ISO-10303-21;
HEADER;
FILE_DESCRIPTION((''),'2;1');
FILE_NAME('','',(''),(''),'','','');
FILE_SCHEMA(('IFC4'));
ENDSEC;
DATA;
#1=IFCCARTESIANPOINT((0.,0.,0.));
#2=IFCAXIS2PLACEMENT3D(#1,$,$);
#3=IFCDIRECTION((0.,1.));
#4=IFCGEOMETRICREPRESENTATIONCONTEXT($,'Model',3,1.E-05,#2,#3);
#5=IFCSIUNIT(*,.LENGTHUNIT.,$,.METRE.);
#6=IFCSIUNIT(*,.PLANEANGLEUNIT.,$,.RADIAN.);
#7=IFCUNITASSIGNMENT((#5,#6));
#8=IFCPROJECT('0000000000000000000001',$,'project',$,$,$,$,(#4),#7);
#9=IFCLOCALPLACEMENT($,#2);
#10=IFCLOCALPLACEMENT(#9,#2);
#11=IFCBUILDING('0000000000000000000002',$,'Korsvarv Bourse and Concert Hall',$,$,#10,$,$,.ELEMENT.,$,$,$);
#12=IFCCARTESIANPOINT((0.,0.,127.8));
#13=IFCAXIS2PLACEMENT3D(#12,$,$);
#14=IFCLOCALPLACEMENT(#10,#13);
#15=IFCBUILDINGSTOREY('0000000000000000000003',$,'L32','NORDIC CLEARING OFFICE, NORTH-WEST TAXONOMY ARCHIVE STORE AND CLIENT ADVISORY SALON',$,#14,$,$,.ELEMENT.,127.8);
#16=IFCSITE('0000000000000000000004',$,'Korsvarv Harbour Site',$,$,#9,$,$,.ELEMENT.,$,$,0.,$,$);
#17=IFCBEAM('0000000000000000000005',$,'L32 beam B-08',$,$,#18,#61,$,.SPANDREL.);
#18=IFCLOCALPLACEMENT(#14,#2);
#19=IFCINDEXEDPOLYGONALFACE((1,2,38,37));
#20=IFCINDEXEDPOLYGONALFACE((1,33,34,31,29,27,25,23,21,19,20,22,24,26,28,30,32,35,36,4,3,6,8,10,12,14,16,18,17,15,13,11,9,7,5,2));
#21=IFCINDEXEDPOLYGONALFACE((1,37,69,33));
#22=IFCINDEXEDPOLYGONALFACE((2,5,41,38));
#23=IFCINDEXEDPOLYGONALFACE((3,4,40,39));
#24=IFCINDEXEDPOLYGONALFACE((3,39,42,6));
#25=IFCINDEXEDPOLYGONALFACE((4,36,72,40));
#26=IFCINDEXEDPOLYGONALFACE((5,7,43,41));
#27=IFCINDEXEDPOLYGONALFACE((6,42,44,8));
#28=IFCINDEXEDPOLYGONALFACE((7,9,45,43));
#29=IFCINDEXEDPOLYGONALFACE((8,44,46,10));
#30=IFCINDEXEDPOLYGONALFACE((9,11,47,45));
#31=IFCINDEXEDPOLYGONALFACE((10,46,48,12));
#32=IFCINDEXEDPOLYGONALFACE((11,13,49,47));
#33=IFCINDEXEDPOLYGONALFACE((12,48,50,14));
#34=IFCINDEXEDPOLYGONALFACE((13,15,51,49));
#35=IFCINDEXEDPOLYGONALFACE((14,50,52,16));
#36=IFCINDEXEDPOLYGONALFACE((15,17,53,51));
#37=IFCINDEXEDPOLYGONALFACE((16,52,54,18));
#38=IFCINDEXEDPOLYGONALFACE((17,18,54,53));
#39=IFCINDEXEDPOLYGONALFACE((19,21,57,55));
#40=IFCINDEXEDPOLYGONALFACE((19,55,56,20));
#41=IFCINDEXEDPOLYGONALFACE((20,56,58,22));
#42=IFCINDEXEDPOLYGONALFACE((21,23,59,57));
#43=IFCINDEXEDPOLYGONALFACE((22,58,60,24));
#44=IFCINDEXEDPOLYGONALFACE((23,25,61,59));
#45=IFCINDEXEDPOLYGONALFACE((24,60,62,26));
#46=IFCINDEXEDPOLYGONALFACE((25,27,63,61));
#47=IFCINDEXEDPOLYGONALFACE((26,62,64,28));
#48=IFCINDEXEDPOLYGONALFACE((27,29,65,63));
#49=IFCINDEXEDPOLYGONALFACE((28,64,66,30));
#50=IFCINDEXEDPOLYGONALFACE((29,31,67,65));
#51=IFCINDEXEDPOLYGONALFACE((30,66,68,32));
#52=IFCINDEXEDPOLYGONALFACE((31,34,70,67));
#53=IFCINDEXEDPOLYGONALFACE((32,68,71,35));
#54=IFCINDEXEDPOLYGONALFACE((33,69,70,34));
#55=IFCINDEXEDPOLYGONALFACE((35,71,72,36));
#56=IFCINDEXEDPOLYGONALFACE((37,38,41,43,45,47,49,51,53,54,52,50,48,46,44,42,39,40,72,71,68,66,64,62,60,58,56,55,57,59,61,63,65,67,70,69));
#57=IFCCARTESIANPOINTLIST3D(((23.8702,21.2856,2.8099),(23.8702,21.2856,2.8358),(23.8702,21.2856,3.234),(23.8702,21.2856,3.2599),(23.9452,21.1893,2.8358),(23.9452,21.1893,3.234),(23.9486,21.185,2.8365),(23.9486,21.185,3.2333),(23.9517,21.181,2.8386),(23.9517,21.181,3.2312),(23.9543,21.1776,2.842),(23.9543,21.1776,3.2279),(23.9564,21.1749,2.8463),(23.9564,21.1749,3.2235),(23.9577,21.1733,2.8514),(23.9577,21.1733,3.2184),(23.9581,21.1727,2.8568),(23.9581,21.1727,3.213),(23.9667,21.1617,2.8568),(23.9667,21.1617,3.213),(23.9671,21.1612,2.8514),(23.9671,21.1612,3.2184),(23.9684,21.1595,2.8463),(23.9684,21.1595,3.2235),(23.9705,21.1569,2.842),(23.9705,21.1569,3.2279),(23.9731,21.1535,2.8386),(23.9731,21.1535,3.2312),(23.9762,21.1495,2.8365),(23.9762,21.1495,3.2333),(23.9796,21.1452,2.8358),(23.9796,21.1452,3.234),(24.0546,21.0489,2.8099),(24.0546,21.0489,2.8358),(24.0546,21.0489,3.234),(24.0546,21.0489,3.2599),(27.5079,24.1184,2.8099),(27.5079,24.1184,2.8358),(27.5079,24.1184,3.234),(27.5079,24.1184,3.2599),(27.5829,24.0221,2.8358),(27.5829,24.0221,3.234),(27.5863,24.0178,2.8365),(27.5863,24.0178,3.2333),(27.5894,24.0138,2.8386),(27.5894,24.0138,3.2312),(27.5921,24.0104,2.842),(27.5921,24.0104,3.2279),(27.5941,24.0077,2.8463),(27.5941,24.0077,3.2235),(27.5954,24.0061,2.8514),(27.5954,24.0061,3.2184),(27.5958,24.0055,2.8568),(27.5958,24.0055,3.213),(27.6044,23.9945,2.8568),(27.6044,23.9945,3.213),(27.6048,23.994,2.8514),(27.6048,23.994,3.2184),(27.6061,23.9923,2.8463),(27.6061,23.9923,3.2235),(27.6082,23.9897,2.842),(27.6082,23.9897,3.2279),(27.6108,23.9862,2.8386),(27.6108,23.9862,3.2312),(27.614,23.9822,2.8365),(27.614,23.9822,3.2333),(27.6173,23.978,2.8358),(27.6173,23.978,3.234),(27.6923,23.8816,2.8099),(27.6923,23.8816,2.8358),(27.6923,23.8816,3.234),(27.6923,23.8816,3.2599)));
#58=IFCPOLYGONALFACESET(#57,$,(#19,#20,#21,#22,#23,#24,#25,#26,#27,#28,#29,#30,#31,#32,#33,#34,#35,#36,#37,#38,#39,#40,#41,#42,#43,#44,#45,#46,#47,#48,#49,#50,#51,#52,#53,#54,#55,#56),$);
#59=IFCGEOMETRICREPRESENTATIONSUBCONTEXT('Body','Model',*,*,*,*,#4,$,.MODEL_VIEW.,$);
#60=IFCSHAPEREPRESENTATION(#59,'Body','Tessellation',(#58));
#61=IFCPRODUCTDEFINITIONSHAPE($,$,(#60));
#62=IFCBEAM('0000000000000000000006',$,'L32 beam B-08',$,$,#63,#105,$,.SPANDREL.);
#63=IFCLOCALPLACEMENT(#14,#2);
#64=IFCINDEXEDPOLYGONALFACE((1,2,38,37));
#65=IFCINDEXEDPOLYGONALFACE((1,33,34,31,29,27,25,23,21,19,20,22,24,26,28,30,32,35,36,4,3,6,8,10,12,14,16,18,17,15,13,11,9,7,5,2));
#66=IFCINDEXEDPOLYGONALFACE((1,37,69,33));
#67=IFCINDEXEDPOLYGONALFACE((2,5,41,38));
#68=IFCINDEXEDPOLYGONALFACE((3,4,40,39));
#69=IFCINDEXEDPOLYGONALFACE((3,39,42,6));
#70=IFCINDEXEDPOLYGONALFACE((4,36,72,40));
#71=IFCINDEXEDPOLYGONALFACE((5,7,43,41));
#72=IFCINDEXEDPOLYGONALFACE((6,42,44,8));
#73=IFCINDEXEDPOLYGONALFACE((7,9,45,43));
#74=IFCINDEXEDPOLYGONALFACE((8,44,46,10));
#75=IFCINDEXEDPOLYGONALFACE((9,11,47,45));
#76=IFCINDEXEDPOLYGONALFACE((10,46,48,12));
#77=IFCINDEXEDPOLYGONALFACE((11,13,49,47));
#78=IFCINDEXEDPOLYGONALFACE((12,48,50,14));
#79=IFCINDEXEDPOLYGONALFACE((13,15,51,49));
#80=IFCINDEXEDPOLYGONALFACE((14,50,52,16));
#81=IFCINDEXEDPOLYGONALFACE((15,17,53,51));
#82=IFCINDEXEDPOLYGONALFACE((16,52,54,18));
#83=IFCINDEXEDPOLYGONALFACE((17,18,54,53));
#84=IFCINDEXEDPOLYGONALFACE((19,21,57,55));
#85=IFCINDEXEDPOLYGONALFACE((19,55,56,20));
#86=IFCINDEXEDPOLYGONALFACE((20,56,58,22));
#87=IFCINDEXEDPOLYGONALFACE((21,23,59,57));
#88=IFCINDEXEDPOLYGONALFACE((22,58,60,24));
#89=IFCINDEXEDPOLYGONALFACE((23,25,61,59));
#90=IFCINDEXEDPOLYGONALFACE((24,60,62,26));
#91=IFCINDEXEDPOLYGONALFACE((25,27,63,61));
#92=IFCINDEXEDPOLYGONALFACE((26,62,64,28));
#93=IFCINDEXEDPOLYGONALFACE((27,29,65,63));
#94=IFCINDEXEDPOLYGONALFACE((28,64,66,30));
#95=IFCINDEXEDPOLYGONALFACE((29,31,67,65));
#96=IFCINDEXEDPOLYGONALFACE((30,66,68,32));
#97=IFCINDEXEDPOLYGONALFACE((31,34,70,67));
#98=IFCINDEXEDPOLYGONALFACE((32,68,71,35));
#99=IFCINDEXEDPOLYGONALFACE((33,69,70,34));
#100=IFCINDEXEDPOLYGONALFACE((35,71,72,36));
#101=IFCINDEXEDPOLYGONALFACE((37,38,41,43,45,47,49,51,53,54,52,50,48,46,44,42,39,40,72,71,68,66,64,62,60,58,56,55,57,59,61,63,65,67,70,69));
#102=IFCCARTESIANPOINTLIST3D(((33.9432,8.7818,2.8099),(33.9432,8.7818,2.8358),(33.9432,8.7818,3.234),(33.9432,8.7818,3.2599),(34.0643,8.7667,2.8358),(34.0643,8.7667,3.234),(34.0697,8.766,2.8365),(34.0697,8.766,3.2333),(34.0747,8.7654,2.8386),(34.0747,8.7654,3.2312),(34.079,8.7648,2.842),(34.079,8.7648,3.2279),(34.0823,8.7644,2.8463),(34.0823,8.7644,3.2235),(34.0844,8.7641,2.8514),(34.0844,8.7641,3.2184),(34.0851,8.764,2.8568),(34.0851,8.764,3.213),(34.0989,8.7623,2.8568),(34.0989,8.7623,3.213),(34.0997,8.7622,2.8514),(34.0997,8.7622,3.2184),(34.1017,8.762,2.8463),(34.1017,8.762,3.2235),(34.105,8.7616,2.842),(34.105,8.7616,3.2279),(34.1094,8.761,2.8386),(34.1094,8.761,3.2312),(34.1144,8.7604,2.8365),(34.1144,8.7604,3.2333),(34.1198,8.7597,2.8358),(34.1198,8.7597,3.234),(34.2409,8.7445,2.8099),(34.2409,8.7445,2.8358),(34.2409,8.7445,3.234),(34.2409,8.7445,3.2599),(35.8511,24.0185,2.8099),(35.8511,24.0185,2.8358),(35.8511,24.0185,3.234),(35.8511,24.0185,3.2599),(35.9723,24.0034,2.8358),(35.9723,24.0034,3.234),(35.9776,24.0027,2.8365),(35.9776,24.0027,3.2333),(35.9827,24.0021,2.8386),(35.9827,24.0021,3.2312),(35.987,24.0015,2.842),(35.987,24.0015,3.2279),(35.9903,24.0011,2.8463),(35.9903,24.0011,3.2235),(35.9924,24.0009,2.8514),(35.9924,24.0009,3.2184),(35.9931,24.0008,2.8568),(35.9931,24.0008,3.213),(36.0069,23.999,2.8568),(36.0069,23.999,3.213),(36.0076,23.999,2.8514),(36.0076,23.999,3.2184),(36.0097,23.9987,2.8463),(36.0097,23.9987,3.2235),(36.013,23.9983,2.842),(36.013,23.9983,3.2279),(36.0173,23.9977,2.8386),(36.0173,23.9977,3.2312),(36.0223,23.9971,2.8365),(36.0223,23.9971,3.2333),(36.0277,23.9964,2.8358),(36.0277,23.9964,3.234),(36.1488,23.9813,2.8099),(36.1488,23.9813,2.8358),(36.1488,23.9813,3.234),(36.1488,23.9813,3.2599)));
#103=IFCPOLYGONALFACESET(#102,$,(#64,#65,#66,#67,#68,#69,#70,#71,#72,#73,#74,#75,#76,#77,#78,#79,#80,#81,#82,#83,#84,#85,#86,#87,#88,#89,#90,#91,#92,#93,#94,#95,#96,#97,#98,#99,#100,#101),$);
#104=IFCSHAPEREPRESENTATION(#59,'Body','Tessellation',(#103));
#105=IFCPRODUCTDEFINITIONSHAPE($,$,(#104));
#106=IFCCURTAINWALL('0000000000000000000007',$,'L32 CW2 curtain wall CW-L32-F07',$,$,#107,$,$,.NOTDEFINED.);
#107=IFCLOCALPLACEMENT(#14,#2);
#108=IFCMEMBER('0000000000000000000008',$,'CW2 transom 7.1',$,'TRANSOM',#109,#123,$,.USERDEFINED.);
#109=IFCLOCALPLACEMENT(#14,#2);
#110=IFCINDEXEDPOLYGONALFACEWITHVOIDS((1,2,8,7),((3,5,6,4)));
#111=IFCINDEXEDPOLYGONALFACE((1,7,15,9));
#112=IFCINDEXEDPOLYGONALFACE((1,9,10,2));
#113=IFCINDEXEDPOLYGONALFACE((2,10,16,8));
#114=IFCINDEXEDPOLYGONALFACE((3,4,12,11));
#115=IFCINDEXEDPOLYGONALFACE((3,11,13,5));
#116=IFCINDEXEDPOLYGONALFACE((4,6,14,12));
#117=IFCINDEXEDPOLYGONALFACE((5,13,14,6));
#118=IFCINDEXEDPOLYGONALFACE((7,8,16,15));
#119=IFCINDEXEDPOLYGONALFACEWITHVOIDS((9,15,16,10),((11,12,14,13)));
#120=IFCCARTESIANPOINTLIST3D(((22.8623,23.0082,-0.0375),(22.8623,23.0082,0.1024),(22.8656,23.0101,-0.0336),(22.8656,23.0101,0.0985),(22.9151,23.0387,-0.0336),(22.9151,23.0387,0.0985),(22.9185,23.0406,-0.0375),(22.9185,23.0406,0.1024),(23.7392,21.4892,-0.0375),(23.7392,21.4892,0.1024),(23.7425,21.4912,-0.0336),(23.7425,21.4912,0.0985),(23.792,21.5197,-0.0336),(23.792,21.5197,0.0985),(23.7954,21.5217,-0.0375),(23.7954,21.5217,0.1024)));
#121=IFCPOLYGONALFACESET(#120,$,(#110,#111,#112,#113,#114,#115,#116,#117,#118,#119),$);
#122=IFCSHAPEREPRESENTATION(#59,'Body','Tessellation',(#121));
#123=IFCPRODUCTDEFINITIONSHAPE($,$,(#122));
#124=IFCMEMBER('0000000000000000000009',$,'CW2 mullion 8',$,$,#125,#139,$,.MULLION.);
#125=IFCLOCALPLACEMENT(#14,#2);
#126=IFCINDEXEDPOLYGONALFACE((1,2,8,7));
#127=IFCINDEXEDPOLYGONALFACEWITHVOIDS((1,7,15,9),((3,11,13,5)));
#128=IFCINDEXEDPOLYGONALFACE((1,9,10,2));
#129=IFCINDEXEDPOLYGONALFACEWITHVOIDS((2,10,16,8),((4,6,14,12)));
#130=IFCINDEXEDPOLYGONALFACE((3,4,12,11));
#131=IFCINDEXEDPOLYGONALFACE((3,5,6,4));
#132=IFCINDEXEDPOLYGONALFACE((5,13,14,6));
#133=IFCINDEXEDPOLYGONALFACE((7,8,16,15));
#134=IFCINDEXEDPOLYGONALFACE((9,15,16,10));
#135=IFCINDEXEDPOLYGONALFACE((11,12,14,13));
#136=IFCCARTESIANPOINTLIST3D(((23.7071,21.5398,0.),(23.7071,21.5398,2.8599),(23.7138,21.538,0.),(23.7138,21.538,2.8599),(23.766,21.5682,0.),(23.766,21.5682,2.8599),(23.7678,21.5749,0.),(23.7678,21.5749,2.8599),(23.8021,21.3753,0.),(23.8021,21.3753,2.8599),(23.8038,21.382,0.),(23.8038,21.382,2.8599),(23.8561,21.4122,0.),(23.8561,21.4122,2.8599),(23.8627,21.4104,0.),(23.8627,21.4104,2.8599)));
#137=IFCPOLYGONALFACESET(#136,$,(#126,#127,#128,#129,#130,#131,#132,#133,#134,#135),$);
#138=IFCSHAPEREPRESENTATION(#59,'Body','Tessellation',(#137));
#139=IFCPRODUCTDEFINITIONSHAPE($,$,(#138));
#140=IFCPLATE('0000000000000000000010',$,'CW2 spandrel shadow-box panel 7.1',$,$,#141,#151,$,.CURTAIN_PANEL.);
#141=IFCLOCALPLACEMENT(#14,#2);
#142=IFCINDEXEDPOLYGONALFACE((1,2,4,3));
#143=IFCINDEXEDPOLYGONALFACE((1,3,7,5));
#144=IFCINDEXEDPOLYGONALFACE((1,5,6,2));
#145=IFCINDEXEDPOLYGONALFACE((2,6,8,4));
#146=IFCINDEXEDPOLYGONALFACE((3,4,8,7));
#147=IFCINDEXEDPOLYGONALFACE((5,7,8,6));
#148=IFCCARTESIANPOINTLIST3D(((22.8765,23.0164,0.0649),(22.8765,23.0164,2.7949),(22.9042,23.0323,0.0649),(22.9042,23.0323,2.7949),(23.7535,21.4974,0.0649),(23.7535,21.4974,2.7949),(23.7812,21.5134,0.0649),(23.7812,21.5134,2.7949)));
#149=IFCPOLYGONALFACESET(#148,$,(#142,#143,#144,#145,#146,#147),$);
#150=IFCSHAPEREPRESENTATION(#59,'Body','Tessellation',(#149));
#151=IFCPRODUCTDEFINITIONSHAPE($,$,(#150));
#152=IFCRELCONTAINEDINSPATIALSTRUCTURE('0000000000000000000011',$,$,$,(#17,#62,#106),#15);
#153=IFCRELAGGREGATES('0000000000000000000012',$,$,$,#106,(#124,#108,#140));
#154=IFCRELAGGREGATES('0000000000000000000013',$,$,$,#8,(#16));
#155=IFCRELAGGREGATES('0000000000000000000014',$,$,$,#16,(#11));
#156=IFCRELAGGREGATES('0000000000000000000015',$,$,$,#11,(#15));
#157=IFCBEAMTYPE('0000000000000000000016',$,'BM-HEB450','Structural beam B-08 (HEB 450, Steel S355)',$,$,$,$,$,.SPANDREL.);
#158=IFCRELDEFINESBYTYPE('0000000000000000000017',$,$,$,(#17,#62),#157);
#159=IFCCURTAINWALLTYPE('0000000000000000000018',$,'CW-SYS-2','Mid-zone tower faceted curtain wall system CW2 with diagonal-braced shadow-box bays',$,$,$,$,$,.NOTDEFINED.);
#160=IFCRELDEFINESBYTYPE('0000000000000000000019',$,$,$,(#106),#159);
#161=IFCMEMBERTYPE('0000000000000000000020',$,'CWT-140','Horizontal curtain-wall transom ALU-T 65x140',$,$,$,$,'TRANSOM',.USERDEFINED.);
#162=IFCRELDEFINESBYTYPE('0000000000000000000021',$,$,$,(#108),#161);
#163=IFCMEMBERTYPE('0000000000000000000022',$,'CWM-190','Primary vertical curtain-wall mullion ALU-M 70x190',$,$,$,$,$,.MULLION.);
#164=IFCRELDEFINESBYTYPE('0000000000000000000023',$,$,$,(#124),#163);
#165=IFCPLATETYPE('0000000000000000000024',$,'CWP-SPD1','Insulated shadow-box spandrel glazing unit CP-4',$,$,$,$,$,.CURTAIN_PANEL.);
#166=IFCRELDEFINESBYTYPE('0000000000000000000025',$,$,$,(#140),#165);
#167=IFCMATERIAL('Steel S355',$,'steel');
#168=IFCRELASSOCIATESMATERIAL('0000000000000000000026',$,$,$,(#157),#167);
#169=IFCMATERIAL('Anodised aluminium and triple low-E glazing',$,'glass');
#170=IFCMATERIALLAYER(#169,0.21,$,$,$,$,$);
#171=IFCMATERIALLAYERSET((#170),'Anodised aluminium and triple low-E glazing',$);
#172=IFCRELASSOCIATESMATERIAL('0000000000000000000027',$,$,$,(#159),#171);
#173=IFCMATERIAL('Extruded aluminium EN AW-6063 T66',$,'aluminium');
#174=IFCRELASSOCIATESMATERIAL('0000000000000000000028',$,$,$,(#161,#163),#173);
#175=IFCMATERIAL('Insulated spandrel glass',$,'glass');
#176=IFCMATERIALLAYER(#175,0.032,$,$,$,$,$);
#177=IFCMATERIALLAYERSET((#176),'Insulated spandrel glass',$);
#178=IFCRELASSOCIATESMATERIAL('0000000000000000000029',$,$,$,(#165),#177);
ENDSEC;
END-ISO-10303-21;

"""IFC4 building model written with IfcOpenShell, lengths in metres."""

from ifc_helpers import new_model, si_unit, direction, frame, origin, origin_2d, place, context, subcontext, project, spatial, rectangle, hollow_rectangle, i_section, extrude, source, transform, mapped, material, layer, layer_set, material_profile, profile_set, type_object, element, aggregate, save


model = new_model("IFC4")

# Units and contexts
model_context = context("Model", 3, precision=1e-05, world=origin(), true_north=direction((0.0, 1.0)))
body_context = subcontext(model_context, "Body", "Model", "MODEL_VIEW")
ifc_project = project(units=[si_unit("LENGTHUNIT", "METRE"), si_unit("PLANEANGLEUNIT", "RADIAN")], contexts=[model_context])

# Site, building, storey
site_placement = place(None, origin())
site = spatial("IfcSite", under=ifc_project, at=site_placement, Name="Korsvarv Harbour Site", CompositionType="ELEMENT", RefElevation=0.0)
building_placement = place(site_placement, origin())
building = spatial("IfcBuilding", under=site, at=building_placement, Name="Korsvarv Bourse and Concert Hall", CompositionType="ELEMENT")
storey_placement = place(building_placement, frame((0.0, 0.0, 127.8)))
storey = spatial("IfcBuildingStorey", under=building, at=storey_placement, Name="L32", Description="NORDIC CLEARING OFFICE, NORTH-WEST TAXONOMY ARCHIVE STORE AND CLIENT ADVISORY SALON", CompositionType="ELEMENT", Elevation=127.8)

# Beams
ifc_material_1 = material(Name="Steel S355", Category="steel")
ifc_material_profile_1 = material_profile(ifc_material_1, i_section(OverallWidth=0.3, OverallDepth=0.45, WebThickness=0.0139, FlangeThickness=0.0259, FilletRadius=0.021, at=origin_2d()), Name="HEB 450")
ifc_profile_set_1 = profile_set([ifc_material_profile_1], Name="Steel S355")
beam_type_1 = type_object("IfcBeamType", Name="BM-HEB450", Description="Structural beam B-08 (HEB 450, Steel S355)", PredefinedType="SPANDREL", material=ifc_profile_set_1)
shared_shape_1 = source(origin(), body_context, "Body", "SweptSolid", [
    extrude(i_section(OverallWidth=0.3, OverallDepth=0.45, WebThickness=0.0139, FlangeThickness=0.0259, FilletRadius=0.021, at=origin_2d()), origin(), (0.0, 0.0, 1.0), 4.6106),
])
beam_1_placement = place(storey_placement, frame((23.9624, 21.1672, 3.0349), z_axis=(0.78899, 0.614406, 0.0), x_axis=(-0.614406, 0.78899, 0.0)))
element("IfcBeam", 1, at=beam_1_placement, inside=storey, type_object=beam_type_1, Name="L32 beam B-08", PredefinedType="SPANDREL", context=body_context, shape_type="MappedRepresentation", body=[
    mapped(shared_shape_1, transform((0.0, 0.0, 0.0), scale=1.0)),
])
shared_shape_2 = source(origin(), body_context, "Body", "SweptSolid", [
    extrude(i_section(OverallWidth=0.3, OverallDepth=0.45, WebThickness=0.0139, FlangeThickness=0.0259, FilletRadius=0.021, at=origin_2d()), origin(), (0.0, 0.0, 1.0), 15.3557),
])
beam_2_placement = place(storey_placement, frame((34.092, 8.7632, 3.0349), z_axis=(0.12425, 0.992251, 0.0), x_axis=(-0.992251, 0.12425, 0.0)))
element("IfcBeam", 2, at=beam_2_placement, inside=storey, type_object=beam_type_1, Name="L32 beam B-08", PredefinedType="SPANDREL", context=body_context, shape_type="MappedRepresentation", body=[
    mapped(shared_shape_2, transform((0.0, 0.0, 0.0), scale=1.0)),
])

# Curtain wall, members, plate
ifc_material_2 = material(Name="Anodised aluminium and triple low-E glazing", Category="glass")
ifc_layer_1 = layer(ifc_material_2, 0.21)
ifc_layer_set_1 = layer_set([ifc_layer_1], Name="Anodised aluminium and triple low-E glazing")
curtain_wall_type = type_object("IfcCurtainWallType", Name="CW-SYS-2", Description="Mid-zone tower faceted curtain wall system CW2 with diagonal-braced shadow-box bays", PredefinedType="NOTDEFINED", material=ifc_layer_set_1)
curtain_wall_placement = place(storey_placement, origin())
curtain_wall = element("IfcCurtainWall", 3, at=curtain_wall_placement, inside=storey, type_object=curtain_wall_type, Name="L32 CW2 curtain wall CW-L32-F07", PredefinedType="NOTDEFINED")
ifc_material_3 = material(Name="Extruded aluminium EN AW-6063 T66", Category="aluminium")
ifc_material_profile_2 = material_profile(ifc_material_3, hollow_rectangle(XDim=0.0649, YDim=0.1399, WallThickness=0.0039, at=origin_2d()), Name="ALU-T 65x140")
ifc_profile_set_2 = profile_set([ifc_material_profile_2], Name="Extruded aluminium EN AW-6063 T66")
member_type_1 = type_object("IfcMemberType", Name="CWT-140", Description="Horizontal curtain-wall transom ALU-T 65x140", ElementType="TRANSOM", PredefinedType="USERDEFINED", material=ifc_profile_set_2)
shared_shape_3 = source(origin(), body_context, "Body", "SweptSolid", [
    extrude(hollow_rectangle(XDim=0.0649, YDim=0.1399, WallThickness=0.0039, at=origin_2d()), origin(), (0.0, 0.0, 1.0), 1.7539),
])
member_1_placement = place(storey_placement, frame((22.8904, 23.0244, 0.0325), z_axis=(0.499971, -0.866042, 0.0), x_axis=(0.866042, 0.499971, 0.0)))
member_1 = element("IfcMember", 4, at=member_1_placement, type_object=member_type_1, Name="CW2 transom 7.1", ObjectType="TRANSOM", PredefinedType="USERDEFINED", context=body_context, shape_type="MappedRepresentation", body=[
    mapped(shared_shape_3, transform((0.0, 0.0, 0.0), scale=1.0)),
])
ifc_material_profile_3 = material_profile(ifc_material_3, hollow_rectangle(XDim=0.0701, YDim=0.1899, WallThickness=0.0049, at=origin_2d()), Name="ALU-M 70x190")
ifc_profile_set_3 = profile_set([ifc_material_profile_3], Name="Extruded aluminium EN AW-6063 T66")
member_type_2 = type_object("IfcMemberType", Name="CWM-190", Description="Primary vertical curtain-wall mullion ALU-M 70x190", PredefinedType="MULLION", material=ifc_profile_set_3)
shared_shape_4 = source(origin(), body_context, "Body", "SweptSolid", [
    extrude(hollow_rectangle(XDim=0.0701, YDim=0.1899, WallThickness=0.0049, at=origin_2d()), origin(), (0.0, 0.0, 1.0), 2.8599),
])
member_2_placement = place(storey_placement, frame((23.7849, 21.4751, 0.0), z_axis=(0.0, 0.0, 1.0), x_axis=(0.866021, 0.500007, 0.0)))
member_2 = element("IfcMember", 5, at=member_2_placement, type_object=member_type_2, Name="CW2 mullion 8", PredefinedType="MULLION", context=body_context, shape_type="MappedRepresentation", body=[
    mapped(shared_shape_4, transform((0.0, 0.0, 0.0), scale=1.0)),
])
ifc_material_4 = material(Name="Insulated spandrel glass", Category="glass")
ifc_layer_2 = layer(ifc_material_4, 0.032)
ifc_layer_set_2 = layer_set([ifc_layer_2], Name="Insulated spandrel glass")
plate_type = type_object("IfcPlateType", Name="CWP-SPD1", Description="Insulated shadow-box spandrel glazing unit CP-4", PredefinedType="CURTAIN_PANEL", material=ifc_layer_set_2)
shared_shape_5 = source(origin(), body_context, "Body", "SweptSolid", [
    extrude(rectangle(XDim=1.7539, YDim=0.032, at=origin_2d()), origin(), (0.0, 0.0, 1.0), 2.73),
])
plate_placement = place(storey_placement, frame((23.3289, 22.2649, 0.0649), z_axis=(0.0, 0.0, 1.0), x_axis=(0.500007, -0.866021, 0.0)))
plate = element("IfcPlate", 6, at=plate_placement, type_object=plate_type, Name="CW2 spandrel shadow-box panel 7.1", PredefinedType="CURTAIN_PANEL", context=body_context, shape_type="MappedRepresentation", body=[
    mapped(shared_shape_5, transform((0.0, 0.0, 0.0), scale=1.0)),
])
aggregate(curtain_wall, [member_2, member_1, plate])

save(model, "model.ifc")
